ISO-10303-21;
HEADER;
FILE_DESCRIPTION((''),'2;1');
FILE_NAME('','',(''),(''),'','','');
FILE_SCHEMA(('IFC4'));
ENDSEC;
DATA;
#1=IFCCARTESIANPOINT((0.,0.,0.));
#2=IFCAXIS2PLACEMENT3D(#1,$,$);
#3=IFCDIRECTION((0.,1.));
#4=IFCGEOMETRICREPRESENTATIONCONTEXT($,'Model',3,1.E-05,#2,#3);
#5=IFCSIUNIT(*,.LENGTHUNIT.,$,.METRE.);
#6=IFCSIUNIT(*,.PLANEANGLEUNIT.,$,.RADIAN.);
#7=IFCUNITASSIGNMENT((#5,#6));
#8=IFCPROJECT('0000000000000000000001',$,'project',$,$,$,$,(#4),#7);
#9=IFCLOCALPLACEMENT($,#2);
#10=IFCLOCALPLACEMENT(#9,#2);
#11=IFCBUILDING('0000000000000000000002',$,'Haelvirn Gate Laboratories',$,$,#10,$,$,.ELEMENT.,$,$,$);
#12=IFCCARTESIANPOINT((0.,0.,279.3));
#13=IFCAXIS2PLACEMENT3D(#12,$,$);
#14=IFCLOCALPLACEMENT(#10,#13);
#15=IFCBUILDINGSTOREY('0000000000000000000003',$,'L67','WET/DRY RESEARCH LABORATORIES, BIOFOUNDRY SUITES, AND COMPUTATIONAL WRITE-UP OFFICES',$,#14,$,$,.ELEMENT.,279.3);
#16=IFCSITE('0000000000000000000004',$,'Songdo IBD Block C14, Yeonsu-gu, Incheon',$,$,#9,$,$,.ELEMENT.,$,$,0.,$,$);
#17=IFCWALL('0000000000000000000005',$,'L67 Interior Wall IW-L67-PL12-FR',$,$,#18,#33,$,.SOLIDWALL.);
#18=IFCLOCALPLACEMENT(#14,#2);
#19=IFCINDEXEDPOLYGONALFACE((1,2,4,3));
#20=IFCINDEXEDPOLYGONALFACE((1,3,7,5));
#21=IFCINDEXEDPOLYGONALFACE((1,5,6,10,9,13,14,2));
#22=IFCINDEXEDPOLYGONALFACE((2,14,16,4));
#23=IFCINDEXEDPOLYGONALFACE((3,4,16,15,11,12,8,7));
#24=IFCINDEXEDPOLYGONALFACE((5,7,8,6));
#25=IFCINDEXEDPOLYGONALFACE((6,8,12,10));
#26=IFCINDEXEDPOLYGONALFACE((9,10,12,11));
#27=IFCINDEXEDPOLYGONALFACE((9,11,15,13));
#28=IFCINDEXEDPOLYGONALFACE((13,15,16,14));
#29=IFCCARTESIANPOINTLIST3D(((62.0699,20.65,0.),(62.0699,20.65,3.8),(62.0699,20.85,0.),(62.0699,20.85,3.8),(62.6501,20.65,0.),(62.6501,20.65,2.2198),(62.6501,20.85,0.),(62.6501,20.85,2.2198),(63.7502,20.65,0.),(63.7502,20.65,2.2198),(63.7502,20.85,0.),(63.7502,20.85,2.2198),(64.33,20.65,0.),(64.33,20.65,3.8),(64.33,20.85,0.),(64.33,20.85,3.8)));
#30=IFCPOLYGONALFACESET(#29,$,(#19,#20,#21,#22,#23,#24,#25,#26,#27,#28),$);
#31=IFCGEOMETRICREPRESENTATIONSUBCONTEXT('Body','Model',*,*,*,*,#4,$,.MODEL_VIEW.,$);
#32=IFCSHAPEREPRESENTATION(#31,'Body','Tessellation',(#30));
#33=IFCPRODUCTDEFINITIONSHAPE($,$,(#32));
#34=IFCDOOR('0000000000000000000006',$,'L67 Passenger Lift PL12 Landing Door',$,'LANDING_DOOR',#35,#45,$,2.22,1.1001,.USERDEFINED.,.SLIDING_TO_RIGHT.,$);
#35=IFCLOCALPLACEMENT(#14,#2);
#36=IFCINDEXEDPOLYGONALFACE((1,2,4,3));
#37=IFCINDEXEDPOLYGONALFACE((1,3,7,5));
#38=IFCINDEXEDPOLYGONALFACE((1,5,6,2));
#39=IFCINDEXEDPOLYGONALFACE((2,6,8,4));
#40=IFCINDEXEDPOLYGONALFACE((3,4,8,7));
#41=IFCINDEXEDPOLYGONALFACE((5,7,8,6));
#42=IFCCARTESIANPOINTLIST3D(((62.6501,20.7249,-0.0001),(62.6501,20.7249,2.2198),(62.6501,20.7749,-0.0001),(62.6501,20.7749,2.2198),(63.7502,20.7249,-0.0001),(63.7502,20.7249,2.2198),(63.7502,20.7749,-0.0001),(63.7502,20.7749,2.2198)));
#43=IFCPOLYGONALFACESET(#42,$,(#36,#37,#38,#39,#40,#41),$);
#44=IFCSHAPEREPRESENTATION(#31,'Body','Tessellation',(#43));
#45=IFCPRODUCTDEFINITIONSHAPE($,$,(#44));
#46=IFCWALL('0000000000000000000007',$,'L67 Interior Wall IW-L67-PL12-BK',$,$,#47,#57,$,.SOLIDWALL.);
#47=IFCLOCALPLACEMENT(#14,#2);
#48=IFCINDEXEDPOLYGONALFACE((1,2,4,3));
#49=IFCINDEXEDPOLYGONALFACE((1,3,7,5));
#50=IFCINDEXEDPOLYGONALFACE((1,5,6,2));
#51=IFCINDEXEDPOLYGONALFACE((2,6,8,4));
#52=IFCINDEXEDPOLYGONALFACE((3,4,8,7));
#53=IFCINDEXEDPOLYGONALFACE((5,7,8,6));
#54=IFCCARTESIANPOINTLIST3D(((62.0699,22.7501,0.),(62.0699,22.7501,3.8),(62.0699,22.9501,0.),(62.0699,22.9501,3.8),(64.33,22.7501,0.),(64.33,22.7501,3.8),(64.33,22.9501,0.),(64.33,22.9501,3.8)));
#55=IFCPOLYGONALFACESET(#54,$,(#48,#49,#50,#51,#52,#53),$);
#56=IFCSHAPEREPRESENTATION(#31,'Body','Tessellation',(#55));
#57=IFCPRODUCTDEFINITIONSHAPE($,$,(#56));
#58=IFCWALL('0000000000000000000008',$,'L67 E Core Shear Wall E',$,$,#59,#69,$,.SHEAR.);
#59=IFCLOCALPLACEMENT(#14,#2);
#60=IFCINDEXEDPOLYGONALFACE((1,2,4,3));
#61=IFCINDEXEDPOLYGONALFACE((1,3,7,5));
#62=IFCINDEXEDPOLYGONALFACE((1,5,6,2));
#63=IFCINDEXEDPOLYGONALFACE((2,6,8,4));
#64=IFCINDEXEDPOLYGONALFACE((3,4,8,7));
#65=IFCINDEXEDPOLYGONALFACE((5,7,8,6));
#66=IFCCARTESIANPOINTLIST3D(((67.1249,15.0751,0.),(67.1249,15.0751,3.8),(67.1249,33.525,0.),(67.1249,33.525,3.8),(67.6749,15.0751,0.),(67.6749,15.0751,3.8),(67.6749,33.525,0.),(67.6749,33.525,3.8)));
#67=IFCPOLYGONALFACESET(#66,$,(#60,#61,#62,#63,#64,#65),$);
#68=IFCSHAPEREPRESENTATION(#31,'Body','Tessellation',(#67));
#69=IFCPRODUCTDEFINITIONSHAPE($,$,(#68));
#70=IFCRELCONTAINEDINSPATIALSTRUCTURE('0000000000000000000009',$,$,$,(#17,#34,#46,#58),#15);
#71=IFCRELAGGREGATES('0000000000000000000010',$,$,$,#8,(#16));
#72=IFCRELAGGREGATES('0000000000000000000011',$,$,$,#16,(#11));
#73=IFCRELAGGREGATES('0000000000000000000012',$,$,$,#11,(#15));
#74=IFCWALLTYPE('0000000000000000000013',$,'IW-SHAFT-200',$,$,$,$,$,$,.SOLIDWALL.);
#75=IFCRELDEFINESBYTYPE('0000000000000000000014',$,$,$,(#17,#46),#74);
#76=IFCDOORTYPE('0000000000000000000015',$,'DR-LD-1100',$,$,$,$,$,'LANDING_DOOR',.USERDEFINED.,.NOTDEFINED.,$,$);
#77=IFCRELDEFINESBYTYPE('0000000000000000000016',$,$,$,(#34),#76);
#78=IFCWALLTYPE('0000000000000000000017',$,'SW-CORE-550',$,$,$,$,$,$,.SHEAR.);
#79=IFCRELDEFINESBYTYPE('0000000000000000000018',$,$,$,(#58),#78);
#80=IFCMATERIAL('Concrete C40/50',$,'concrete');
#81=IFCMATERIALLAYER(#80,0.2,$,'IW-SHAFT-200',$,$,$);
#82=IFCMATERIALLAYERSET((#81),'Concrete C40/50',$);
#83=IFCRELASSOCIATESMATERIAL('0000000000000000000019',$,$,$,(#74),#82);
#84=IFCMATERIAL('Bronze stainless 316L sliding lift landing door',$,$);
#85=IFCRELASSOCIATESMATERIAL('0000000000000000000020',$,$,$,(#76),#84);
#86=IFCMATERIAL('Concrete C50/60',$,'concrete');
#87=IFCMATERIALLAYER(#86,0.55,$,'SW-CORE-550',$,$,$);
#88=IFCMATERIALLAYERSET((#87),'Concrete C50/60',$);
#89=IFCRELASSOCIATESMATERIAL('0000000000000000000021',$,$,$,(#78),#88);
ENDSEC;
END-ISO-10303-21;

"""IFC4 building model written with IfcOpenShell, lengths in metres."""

from ifc_helpers import new_model, si_unit, direction, frame, frame_2d, origin, place, context, subcontext, project, spatial, rectangle, extrude, source, transform, mapped, material, layer, layer_set, type_object, type_shapes, element, fill, save


model = new_model("IFC4")

# Units and contexts
model_context = context("Model", 3, precision=1e-05, world=origin(), true_north=direction((0.0, 1.0)))
body_context = subcontext(model_context, "Body", "Model", "MODEL_VIEW")
ifc_project = project(units=[si_unit("LENGTHUNIT", "METRE"), si_unit("PLANEANGLEUNIT", "RADIAN")], contexts=[model_context])

# Site, building, storey
site_placement = place(None, origin())
site = spatial("IfcSite", under=ifc_project, at=site_placement, Name="Songdo IBD Block C14, Yeonsu-gu, Incheon", CompositionType="ELEMENT", RefElevation=0.0)
building_placement = place(site_placement, origin())
building = spatial("IfcBuilding", under=site, at=building_placement, Name="Haelvirn Gate Laboratories", CompositionType="ELEMENT")
storey_placement = place(building_placement, frame((0.0, 0.0, 279.3)))
storey = spatial("IfcBuildingStorey", under=building, at=storey_placement, Name="L67", Description="WET/DRY RESEARCH LABORATORIES, BIOFOUNDRY SUITES, AND COMPUTATIONAL WRITE-UP OFFICES", CompositionType="ELEMENT", Elevation=279.3)

# Shared definitions
ifc_material_1 = material(Name="Concrete C50/60", Category="concrete")

# Shared definitions
ifc_material_2 = material(Name="Concrete C40/50", Category="concrete")

# Shared definitions
ifc_layer_1 = layer(ifc_material_2, 0.2, Name="IW-SHAFT-200")
ifc_layer_set_1 = layer_set([ifc_layer_1], Name="Concrete C40/50")
wall_type_1 = type_object("IfcWallType", Name="IW-SHAFT-200", PredefinedType="SOLIDWALL", material=ifc_layer_set_1)
ifc_material_3 = material(Name="Bronze stainless 316L sliding lift landing door")
door_type_1 = type_object("IfcDoorType", Name="DR-LD-1100", ElementType="LANDING_DOOR", OperationType="NOTDEFINED", PredefinedType="USERDEFINED", material=ifc_material_3)
shared_shape_1 = source(origin(), body_context, "Body", "SweptSolid", [
    extrude(rectangle(XDim=1.1001, YDim=2.22, at=frame_2d((0.55, 1.1099))), frame((0.0, 0.0249, 0.0), z_axis=(0.0, -1.0, 0.0), x_axis=(1.0, 0.0, 0.0)), (0.0, 0.0, 1.0), 0.05),
])
type_shapes(door_type_1, [shared_shape_1])

# Wall, opening, door
wall_1_placement = place(storey_placement, frame((62.0701, 20.75, 0.0), z_axis=(0.0, 0.0, 1.0), x_axis=(1.0, 0.0, 0.0)))
wall_1 = element("IfcWall", 1, at=wall_1_placement, inside=storey, type_object=wall_type_1, Name="L67 Interior Wall IW-L67-PL12-FR", PredefinedType="SOLIDWALL", context=body_context, shape_type="SweptSolid", body=[
    extrude(rectangle(XDim=2.26, YDim=0.2, at=frame_2d((1.1299, 0.0))), origin(), (0.0, 0.0, 1.0), 3.8),
])
opening_1_placement = place(wall_1_placement, frame((0.5801, 0.0, 0.0)))
opening_1 = element("IfcOpeningElement", 2, at=opening_1_placement, cuts=wall_1, PredefinedType="OPENING", context=body_context, shape_type="SweptSolid", body=[
    extrude(rectangle(XDim=1.1001, YDim=2.22, at=frame_2d((0.55, 1.1099))), frame((0.0, 0.1099, 0.0), z_axis=(0.0, -1.0, 0.0), x_axis=(1.0, 0.0, 0.0)), (0.0, 0.0, 1.0), 0.22),
])
door_1_placement = place(opening_1_placement, origin())
door_1 = element("IfcDoor", 3, at=door_1_placement, inside=storey, type_object=door_type_1, Name="L67 Passenger Lift PL12 Landing Door", ObjectType="LANDING_DOOR", OperationType="SLIDING_TO_RIGHT", OverallHeight=2.22, OverallWidth=1.1001, PredefinedType="USERDEFINED", context=body_context, shape_type="MappedRepresentation", body=[
    mapped(shared_shape_1, transform((0.0, 0.0, 0.0), scale=1.0)),
])
fill(opening_1, door_1)

# Walls
wall_2_placement = place(storey_placement, frame((62.0701, 22.8501, 0.0), z_axis=(0.0, 0.0, 1.0), x_axis=(1.0, 0.0, 0.0)))
element("IfcWall", 4, at=wall_2_placement, inside=storey, type_object=wall_type_1, Name="L67 Interior Wall IW-L67-PL12-BK", PredefinedType="SOLIDWALL", context=body_context, shape_type="SweptSolid", body=[
    extrude(rectangle(XDim=2.26, YDim=0.2, at=frame_2d((1.1299, 0.0))), origin(), (0.0, 0.0, 1.0), 3.8),
])
ifc_layer_2 = layer(ifc_material_1, 0.55, Name="SW-CORE-550")
ifc_layer_set_2 = layer_set([ifc_layer_2], Name="Concrete C50/60")
wall_type_2 = type_object("IfcWallType", Name="SW-CORE-550", PredefinedType="SHEAR", material=ifc_layer_set_2)
wall_3_placement = place(storey_placement, frame((67.3999, 15.075, 0.0), z_axis=(0.0, 0.0, 1.0), x_axis=(0.0, 1.0, 0.0)))
element("IfcWall", 5, at=wall_3_placement, inside=storey, type_object=wall_type_2, Name="L67 E Core Shear Wall E", PredefinedType="SHEAR", context=body_context, shape_type="SweptSolid", body=[
    extrude(rectangle(XDim=18.45, YDim=0.55, at=frame_2d((9.2251, 0.0))), origin(), (0.0, 0.0, 1.0), 3.8),
])

save(model, "model.ifc")
